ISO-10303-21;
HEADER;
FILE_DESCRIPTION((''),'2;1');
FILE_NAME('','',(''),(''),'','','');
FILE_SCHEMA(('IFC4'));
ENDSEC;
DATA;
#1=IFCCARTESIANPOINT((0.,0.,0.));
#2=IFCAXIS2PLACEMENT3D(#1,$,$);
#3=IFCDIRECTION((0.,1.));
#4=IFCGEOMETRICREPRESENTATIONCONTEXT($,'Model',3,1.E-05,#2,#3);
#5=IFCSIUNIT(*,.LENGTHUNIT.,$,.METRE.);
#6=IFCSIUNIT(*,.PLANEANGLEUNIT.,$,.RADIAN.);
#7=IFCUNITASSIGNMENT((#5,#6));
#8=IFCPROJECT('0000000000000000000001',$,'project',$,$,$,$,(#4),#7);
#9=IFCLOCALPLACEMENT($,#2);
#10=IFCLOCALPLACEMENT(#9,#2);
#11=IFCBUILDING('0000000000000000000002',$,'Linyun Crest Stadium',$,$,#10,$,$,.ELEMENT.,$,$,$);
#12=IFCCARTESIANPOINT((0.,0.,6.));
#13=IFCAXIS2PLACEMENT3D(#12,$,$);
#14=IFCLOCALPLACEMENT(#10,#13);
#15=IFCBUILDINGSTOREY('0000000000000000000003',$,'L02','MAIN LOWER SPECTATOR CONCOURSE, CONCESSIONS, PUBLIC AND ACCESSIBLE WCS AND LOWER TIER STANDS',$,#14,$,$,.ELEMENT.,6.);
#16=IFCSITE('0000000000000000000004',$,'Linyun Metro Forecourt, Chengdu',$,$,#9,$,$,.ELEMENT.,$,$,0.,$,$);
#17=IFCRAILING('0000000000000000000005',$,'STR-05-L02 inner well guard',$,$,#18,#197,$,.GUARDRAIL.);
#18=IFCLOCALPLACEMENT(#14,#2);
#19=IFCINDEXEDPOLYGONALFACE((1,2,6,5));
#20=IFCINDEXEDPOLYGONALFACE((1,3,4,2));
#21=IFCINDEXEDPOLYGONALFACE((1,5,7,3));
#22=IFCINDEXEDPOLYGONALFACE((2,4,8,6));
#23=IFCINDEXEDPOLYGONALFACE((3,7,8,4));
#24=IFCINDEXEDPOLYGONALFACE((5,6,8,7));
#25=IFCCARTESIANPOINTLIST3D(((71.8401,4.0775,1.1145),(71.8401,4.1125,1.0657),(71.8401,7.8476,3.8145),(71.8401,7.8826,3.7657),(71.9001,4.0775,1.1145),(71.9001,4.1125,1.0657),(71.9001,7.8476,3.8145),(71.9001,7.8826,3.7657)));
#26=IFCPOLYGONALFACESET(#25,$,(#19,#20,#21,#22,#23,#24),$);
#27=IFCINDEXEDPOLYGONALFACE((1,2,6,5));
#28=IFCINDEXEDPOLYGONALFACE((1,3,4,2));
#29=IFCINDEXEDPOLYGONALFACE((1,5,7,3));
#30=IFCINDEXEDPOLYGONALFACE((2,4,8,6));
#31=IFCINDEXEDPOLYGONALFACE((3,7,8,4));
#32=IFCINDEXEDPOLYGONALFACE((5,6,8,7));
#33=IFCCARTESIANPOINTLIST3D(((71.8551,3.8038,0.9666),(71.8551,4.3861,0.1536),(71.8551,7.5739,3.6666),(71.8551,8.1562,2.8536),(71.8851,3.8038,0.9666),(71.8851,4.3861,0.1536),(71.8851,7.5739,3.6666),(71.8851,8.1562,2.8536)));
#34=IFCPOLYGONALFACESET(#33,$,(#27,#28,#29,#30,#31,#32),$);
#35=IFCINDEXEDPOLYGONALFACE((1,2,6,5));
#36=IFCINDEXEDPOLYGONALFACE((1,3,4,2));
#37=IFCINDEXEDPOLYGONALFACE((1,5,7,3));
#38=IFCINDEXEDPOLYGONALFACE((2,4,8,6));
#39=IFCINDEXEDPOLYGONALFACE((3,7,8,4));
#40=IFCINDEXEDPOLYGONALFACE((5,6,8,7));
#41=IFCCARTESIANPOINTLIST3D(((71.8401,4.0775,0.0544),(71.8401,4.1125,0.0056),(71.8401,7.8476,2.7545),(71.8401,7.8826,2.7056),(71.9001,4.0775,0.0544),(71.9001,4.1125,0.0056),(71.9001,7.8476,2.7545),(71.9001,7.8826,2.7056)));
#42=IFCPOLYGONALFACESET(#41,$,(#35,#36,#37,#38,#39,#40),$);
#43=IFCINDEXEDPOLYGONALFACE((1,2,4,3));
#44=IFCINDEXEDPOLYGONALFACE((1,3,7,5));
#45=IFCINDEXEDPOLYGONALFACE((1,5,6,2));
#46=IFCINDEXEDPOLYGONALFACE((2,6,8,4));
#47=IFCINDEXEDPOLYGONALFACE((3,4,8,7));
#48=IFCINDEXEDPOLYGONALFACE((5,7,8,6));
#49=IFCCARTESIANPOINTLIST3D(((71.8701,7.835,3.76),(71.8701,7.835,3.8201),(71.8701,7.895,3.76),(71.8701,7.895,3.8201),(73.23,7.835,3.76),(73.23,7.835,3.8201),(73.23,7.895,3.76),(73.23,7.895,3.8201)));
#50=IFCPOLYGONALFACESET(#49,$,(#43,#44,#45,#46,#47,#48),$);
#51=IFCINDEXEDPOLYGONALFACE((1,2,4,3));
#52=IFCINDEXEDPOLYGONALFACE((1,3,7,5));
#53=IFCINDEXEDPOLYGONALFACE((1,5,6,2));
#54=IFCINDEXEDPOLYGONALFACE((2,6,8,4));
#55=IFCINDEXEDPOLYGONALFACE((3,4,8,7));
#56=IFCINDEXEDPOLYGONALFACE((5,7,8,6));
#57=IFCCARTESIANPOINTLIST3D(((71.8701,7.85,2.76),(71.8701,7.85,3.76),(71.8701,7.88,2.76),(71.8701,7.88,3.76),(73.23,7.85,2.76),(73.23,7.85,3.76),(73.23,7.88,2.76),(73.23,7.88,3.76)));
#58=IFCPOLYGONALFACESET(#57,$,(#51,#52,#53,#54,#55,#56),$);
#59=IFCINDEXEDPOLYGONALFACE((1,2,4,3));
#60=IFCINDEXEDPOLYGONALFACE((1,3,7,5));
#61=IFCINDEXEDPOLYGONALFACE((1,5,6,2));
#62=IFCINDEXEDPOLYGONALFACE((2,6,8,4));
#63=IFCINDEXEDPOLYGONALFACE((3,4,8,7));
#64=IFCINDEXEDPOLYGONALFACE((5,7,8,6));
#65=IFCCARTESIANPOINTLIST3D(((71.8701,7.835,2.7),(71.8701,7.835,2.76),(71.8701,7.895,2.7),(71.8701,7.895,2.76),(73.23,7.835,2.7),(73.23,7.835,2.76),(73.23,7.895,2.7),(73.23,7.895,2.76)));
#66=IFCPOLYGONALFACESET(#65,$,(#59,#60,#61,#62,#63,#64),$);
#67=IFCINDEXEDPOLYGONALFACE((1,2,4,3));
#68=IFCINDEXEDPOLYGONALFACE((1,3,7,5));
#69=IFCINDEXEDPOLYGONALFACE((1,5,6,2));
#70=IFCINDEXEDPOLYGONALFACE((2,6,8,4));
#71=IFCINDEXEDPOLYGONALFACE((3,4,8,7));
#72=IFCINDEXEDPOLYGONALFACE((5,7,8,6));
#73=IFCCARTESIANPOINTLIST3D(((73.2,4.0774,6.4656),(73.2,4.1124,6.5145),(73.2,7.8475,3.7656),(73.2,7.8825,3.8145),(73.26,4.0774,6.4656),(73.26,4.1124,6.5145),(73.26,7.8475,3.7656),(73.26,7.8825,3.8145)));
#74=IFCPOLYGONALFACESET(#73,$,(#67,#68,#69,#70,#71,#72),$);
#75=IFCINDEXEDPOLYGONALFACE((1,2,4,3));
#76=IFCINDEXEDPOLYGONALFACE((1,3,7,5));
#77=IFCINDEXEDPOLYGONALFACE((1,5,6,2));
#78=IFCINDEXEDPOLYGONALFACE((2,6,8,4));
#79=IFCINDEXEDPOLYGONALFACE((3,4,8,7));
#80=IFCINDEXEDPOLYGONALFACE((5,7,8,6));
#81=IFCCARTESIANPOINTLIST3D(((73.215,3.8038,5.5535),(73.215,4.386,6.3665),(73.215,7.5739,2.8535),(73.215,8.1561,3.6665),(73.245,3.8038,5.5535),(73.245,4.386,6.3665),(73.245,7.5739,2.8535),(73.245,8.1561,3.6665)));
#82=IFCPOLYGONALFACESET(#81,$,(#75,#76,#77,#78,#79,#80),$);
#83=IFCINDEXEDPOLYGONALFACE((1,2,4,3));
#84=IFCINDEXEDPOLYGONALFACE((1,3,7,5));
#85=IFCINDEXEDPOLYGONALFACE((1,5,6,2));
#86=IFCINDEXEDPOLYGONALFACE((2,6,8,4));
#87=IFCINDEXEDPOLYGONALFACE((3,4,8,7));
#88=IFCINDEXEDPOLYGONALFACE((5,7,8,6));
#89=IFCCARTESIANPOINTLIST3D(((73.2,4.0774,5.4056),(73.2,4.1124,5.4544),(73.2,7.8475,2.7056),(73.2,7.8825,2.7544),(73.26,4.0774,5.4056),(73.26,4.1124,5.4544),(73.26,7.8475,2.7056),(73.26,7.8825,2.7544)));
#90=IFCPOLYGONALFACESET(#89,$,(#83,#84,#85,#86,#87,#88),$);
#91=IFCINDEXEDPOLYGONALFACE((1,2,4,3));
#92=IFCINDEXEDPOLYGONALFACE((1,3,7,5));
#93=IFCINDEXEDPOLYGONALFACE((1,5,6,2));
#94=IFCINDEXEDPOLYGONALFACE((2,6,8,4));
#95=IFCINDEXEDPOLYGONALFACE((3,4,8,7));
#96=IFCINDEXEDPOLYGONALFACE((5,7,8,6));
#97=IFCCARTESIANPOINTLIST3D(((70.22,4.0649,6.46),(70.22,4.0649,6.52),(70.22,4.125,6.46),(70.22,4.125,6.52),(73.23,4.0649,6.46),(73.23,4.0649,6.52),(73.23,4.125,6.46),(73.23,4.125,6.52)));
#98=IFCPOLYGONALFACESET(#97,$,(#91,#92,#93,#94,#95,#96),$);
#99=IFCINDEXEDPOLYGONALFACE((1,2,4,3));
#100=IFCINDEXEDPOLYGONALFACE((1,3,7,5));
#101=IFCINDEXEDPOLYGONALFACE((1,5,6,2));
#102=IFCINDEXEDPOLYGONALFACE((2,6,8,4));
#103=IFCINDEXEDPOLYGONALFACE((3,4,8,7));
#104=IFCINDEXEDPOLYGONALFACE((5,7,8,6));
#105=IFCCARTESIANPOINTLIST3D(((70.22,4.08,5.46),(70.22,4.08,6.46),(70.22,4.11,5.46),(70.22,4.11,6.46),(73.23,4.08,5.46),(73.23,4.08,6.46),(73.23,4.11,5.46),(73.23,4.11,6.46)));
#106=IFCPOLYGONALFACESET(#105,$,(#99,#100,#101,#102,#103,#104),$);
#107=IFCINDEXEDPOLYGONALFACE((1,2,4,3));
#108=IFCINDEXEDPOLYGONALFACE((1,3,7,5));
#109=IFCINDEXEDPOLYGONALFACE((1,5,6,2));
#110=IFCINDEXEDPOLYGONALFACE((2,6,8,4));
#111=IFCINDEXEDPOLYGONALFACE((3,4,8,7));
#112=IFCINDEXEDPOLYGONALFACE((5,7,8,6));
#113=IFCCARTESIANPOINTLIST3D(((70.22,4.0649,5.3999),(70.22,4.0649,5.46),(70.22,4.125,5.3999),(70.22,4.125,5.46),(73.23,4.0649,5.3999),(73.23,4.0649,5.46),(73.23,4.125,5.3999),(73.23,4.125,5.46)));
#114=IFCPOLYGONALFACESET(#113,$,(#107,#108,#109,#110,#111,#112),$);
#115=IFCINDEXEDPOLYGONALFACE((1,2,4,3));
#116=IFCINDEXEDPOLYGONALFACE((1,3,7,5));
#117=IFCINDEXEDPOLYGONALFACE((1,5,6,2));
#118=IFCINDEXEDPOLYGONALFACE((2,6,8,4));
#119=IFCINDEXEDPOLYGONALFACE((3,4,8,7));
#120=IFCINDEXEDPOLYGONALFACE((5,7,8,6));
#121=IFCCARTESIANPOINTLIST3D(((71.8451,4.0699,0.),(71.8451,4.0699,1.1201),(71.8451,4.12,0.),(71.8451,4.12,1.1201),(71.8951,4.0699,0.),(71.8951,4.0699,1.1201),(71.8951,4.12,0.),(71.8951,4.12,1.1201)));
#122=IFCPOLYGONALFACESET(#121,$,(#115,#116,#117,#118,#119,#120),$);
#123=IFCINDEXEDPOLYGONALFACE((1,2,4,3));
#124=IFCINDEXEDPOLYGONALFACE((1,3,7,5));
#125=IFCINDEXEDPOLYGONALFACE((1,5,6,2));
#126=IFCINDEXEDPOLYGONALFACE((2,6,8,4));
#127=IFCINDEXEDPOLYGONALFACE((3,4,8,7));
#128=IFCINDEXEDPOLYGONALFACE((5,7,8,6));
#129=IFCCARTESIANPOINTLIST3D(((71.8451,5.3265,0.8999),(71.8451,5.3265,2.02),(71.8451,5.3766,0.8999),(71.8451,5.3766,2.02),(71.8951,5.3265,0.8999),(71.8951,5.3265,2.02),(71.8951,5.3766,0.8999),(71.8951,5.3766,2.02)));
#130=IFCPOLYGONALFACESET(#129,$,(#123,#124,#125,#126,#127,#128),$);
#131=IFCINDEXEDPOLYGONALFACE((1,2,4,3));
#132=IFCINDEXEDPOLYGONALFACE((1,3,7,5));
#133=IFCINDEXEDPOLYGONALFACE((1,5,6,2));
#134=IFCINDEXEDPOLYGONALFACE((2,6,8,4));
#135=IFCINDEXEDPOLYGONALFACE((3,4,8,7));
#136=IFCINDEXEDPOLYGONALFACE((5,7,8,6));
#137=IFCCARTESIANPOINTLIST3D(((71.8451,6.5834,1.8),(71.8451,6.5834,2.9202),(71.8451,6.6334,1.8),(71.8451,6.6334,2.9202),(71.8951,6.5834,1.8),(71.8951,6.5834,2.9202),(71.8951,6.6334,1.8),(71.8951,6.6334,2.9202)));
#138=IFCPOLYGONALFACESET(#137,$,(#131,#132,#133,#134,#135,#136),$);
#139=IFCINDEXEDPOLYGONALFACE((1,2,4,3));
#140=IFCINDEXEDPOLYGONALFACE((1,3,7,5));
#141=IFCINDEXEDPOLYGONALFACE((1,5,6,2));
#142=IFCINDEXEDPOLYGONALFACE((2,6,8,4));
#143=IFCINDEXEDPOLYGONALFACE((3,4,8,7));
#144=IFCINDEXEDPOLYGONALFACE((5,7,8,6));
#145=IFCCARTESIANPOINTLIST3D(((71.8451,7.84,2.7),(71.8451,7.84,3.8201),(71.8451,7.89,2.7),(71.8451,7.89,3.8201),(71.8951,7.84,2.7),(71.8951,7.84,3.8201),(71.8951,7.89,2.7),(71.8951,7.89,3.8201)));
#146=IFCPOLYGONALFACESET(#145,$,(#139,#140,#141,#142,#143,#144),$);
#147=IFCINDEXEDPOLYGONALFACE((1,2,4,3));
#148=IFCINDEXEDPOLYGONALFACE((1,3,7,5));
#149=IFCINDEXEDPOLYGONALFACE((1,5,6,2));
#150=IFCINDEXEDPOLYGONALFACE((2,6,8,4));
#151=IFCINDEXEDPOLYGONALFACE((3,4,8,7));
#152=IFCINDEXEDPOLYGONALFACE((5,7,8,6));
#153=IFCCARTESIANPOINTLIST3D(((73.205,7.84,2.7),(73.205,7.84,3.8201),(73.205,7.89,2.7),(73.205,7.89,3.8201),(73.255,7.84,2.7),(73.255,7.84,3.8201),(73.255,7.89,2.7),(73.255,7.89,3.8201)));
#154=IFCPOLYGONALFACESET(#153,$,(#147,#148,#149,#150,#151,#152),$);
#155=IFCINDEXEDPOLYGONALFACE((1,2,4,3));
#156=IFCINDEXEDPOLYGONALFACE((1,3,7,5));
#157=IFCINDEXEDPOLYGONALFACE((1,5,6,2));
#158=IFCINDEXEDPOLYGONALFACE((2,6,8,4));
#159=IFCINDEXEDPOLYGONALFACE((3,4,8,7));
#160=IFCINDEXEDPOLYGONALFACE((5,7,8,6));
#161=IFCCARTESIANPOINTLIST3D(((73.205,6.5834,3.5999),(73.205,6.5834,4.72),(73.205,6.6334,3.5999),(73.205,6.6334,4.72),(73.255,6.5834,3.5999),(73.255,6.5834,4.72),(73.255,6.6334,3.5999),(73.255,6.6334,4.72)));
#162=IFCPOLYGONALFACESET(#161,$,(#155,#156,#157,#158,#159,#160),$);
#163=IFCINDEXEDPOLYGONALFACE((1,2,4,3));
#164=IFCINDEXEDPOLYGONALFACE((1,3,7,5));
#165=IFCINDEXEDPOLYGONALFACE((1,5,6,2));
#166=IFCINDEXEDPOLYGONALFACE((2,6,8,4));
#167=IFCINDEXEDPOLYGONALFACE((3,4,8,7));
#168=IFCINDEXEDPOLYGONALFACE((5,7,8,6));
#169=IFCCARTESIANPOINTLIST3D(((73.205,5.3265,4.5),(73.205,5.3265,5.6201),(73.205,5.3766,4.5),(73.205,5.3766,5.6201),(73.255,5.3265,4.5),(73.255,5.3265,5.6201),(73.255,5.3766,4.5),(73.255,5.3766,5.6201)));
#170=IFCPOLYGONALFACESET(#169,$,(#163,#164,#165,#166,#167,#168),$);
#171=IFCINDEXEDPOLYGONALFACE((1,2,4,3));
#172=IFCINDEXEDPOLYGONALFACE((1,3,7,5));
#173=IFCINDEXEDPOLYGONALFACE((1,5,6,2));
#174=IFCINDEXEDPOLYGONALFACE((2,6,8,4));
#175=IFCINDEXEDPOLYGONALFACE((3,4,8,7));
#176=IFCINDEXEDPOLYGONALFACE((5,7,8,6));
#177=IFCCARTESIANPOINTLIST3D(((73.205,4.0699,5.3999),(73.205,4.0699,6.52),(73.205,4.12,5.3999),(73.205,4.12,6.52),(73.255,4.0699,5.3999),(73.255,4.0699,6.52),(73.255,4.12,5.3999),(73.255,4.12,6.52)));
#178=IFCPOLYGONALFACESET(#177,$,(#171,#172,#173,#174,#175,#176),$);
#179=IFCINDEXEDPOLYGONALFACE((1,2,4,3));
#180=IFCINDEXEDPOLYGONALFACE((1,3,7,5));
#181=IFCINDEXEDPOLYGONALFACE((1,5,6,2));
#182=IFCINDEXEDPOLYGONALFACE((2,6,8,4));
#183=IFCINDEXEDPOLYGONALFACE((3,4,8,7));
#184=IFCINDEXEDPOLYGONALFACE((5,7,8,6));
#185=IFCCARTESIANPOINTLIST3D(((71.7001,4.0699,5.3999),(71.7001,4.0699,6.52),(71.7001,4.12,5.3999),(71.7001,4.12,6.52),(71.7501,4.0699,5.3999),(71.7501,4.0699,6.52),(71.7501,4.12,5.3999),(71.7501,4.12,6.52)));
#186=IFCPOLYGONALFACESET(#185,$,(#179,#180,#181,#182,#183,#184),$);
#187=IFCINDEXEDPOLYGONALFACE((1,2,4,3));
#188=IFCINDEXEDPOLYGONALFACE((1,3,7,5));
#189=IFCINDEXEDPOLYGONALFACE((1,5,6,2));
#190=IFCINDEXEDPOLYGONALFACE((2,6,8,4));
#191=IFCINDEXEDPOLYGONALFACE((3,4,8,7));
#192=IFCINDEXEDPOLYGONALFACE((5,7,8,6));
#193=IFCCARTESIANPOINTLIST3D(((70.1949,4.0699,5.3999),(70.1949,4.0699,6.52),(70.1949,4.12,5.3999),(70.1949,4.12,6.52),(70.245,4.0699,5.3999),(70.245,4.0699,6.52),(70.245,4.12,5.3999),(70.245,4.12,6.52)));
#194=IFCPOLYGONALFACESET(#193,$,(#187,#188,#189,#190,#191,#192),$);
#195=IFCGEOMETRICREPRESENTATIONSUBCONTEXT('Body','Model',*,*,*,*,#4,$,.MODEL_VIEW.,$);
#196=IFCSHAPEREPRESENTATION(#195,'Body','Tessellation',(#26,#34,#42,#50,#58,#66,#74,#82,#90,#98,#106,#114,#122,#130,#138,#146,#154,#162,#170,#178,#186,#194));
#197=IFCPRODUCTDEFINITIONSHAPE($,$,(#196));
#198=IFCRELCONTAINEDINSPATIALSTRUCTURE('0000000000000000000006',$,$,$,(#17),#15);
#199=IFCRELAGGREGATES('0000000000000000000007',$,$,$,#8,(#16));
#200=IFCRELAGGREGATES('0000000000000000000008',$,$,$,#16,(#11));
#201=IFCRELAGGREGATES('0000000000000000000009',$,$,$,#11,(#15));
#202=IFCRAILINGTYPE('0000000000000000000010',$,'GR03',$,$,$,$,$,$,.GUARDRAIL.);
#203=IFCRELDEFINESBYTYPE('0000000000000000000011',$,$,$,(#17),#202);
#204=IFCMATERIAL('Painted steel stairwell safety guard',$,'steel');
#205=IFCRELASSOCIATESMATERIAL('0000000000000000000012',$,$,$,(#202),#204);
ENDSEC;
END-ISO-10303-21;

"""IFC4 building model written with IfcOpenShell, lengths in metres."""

from ifc_helpers import new_model, si_unit, direction, frame, origin, origin_2d, place, context, subcontext, project, spatial, rectangle, extrude, material, type_object, element, save


model = new_model("IFC4")

# Units and contexts
model_context = context("Model", 3, precision=1e-05, world=origin(), true_north=direction((0.0, 1.0)))
body_context = subcontext(model_context, "Body", "Model", "MODEL_VIEW")
ifc_project = project(units=[si_unit("LENGTHUNIT", "METRE"), si_unit("PLANEANGLEUNIT", "RADIAN")], contexts=[model_context])

# Site, building, storey
site_placement = place(None, origin())
site = spatial("IfcSite", under=ifc_project, at=site_placement, Name="Linyun Metro Forecourt, Chengdu", CompositionType="ELEMENT", RefElevation=0.0)
building_placement = place(site_placement, origin())
building = spatial("IfcBuilding", under=site, at=building_placement, Name="Linyun Crest Stadium", CompositionType="ELEMENT")
storey_placement = place(building_placement, frame((0.0, 0.0, 6.0)))
storey = spatial("IfcBuildingStorey", under=building, at=storey_placement, Name="L02", Description="MAIN LOWER SPECTATOR CONCOURSE, CONCESSIONS, PUBLIC AND ACCESSIBLE WCS AND LOWER TIER STANDS", CompositionType="ELEMENT", Elevation=6.0)

# Railing
ifc_material_1 = material(Name="Painted steel stairwell safety guard", Category="steel")
railing_type_1 = type_object("IfcRailingType", Name="GR03", PredefinedType="GUARDRAIL", material=ifc_material_1)
railing_1_placement = place(storey_placement, frame((71.8701, 4.095, 0.0)))
element("IfcRailing", 1, at=railing_1_placement, inside=storey, type_object=railing_type_1, Name="STR-05-L02 inner well guard", PredefinedType="GUARDRAIL", context=body_context, shape_type="SweptSolid", body=[
    extrude(rectangle(XDim=0.0601, YDim=0.0601, at=origin_2d()), frame((0.0, 0.0, 1.0901), z_axis=(0.0, 0.813011, 0.582249), x_axis=(-1.0, 0.0, 0.0)), (0.0, 0.0, 1.0), 4.6372),
    extrude(rectangle(XDim=0.03, YDim=1.0, at=origin_2d()), frame((0.0, 0.0, 0.5601), z_axis=(0.0, 0.813011, 0.582249), x_axis=(-1.0, 0.0, 0.0)), (0.0, 0.0, 1.0), 4.6372),
    extrude(rectangle(XDim=0.0601, YDim=0.0601, at=origin_2d()), frame((0.0, 0.0, 0.03), z_axis=(0.0, 0.813011, 0.582249), x_axis=(-1.0, 0.0, 0.0)), (0.0, 0.0, 1.0), 4.6372),
    extrude(rectangle(XDim=0.0601, YDim=0.0601, at=origin_2d()), frame((0.0, 3.77, 3.79), z_axis=(1.0, 0.0, 0.0), x_axis=(0.0, 1.0, 0.0)), (0.0, 0.0, 1.0), 1.3599),
    extrude(rectangle(XDim=0.03, YDim=1.0, at=origin_2d()), frame((0.0, 3.77, 3.26), z_axis=(1.0, 0.0, 0.0), x_axis=(0.0, 1.0, 0.0)), (0.0, 0.0, 1.0), 1.3599),
    extrude(rectangle(XDim=0.0601, YDim=0.0601, at=origin_2d()), frame((0.0, 3.77, 2.73), z_axis=(1.0, 0.0, 0.0), x_axis=(0.0, 1.0, 0.0)), (0.0, 0.0, 1.0), 1.3599),
    extrude(rectangle(XDim=0.0601, YDim=0.0601, at=origin_2d()), frame((1.3599, 3.77, 3.79), z_axis=(0.0, -0.813011, 0.582249), x_axis=(1.0, 0.0, 0.0)), (0.0, 0.0, 1.0), 4.6372),
    extrude(rectangle(XDim=0.03, YDim=1.0, at=origin_2d()), frame((1.3599, 3.77, 3.26), z_axis=(0.0, -0.813011, 0.582249), x_axis=(1.0, 0.0, 0.0)), (0.0, 0.0, 1.0), 4.6372),
    extrude(rectangle(XDim=0.0601, YDim=0.0601, at=origin_2d()), frame((1.3599, 3.77, 2.73), z_axis=(0.0, -0.813011, 0.582249), x_axis=(1.0, 0.0, 0.0)), (0.0, 0.0, 1.0), 4.6372),
    extrude(rectangle(XDim=0.0601, YDim=0.0601, at=origin_2d()), frame((1.3599, 0.0, 6.49), z_axis=(-1.0, 0.0, 0.0), x_axis=(0.0, -1.0, 0.0)), (0.0, 0.0, 1.0), 3.01),
    extrude(rectangle(XDim=0.03, YDim=1.0, at=origin_2d()), frame((1.3599, 0.0, 5.96), z_axis=(-1.0, 0.0, 0.0), x_axis=(0.0, -1.0, 0.0)), (0.0, 0.0, 1.0), 3.01),
    extrude(rectangle(XDim=0.0601, YDim=0.0601, at=origin_2d()), frame((1.3599, 0.0, 5.4299), z_axis=(-1.0, 0.0, 0.0), x_axis=(0.0, -1.0, 0.0)), (0.0, 0.0, 1.0), 3.01),
    extrude(rectangle(XDim=0.05, YDim=0.05, at=origin_2d()), origin(), (0.0, 0.0, 1.0), 1.1201),
    extrude(rectangle(XDim=0.05, YDim=0.05, at=origin_2d()), frame((0.0, 1.2566, 0.8999)), (0.0, 0.0, 1.0), 1.1201),
    extrude(rectangle(XDim=0.05, YDim=0.05, at=origin_2d()), frame((0.0, 2.5134, 1.8)), (0.0, 0.0, 1.0), 1.1201),
    extrude(rectangle(XDim=0.05, YDim=0.05, at=origin_2d()), frame((0.0, 3.77, 2.7)), (0.0, 0.0, 1.0), 1.1201),
    extrude(rectangle(XDim=0.05, YDim=0.05, at=origin_2d()), frame((1.3599, 3.77, 2.7)), (0.0, 0.0, 1.0), 1.1201),
    extrude(rectangle(XDim=0.05, YDim=0.05, at=origin_2d()), frame((1.3599, 2.5134, 3.5999)), (0.0, 0.0, 1.0), 1.1201),
    extrude(rectangle(XDim=0.05, YDim=0.05, at=origin_2d()), frame((1.3599, 1.2566, 4.5)), (0.0, 0.0, 1.0), 1.1201),
    extrude(rectangle(XDim=0.05, YDim=0.05, at=origin_2d()), frame((1.3599, 0.0, 5.3999)), (0.0, 0.0, 1.0), 1.1201),
    extrude(rectangle(XDim=0.05, YDim=0.05, at=origin_2d()), frame((-0.145, 0.0, 5.3999)), (0.0, 0.0, 1.0), 1.1201),
    extrude(rectangle(XDim=0.05, YDim=0.05, at=origin_2d()), frame((-1.6501, 0.0, 5.3999)), (0.0, 0.0, 1.0), 1.1201),
])

save(model, "model.ifc")
